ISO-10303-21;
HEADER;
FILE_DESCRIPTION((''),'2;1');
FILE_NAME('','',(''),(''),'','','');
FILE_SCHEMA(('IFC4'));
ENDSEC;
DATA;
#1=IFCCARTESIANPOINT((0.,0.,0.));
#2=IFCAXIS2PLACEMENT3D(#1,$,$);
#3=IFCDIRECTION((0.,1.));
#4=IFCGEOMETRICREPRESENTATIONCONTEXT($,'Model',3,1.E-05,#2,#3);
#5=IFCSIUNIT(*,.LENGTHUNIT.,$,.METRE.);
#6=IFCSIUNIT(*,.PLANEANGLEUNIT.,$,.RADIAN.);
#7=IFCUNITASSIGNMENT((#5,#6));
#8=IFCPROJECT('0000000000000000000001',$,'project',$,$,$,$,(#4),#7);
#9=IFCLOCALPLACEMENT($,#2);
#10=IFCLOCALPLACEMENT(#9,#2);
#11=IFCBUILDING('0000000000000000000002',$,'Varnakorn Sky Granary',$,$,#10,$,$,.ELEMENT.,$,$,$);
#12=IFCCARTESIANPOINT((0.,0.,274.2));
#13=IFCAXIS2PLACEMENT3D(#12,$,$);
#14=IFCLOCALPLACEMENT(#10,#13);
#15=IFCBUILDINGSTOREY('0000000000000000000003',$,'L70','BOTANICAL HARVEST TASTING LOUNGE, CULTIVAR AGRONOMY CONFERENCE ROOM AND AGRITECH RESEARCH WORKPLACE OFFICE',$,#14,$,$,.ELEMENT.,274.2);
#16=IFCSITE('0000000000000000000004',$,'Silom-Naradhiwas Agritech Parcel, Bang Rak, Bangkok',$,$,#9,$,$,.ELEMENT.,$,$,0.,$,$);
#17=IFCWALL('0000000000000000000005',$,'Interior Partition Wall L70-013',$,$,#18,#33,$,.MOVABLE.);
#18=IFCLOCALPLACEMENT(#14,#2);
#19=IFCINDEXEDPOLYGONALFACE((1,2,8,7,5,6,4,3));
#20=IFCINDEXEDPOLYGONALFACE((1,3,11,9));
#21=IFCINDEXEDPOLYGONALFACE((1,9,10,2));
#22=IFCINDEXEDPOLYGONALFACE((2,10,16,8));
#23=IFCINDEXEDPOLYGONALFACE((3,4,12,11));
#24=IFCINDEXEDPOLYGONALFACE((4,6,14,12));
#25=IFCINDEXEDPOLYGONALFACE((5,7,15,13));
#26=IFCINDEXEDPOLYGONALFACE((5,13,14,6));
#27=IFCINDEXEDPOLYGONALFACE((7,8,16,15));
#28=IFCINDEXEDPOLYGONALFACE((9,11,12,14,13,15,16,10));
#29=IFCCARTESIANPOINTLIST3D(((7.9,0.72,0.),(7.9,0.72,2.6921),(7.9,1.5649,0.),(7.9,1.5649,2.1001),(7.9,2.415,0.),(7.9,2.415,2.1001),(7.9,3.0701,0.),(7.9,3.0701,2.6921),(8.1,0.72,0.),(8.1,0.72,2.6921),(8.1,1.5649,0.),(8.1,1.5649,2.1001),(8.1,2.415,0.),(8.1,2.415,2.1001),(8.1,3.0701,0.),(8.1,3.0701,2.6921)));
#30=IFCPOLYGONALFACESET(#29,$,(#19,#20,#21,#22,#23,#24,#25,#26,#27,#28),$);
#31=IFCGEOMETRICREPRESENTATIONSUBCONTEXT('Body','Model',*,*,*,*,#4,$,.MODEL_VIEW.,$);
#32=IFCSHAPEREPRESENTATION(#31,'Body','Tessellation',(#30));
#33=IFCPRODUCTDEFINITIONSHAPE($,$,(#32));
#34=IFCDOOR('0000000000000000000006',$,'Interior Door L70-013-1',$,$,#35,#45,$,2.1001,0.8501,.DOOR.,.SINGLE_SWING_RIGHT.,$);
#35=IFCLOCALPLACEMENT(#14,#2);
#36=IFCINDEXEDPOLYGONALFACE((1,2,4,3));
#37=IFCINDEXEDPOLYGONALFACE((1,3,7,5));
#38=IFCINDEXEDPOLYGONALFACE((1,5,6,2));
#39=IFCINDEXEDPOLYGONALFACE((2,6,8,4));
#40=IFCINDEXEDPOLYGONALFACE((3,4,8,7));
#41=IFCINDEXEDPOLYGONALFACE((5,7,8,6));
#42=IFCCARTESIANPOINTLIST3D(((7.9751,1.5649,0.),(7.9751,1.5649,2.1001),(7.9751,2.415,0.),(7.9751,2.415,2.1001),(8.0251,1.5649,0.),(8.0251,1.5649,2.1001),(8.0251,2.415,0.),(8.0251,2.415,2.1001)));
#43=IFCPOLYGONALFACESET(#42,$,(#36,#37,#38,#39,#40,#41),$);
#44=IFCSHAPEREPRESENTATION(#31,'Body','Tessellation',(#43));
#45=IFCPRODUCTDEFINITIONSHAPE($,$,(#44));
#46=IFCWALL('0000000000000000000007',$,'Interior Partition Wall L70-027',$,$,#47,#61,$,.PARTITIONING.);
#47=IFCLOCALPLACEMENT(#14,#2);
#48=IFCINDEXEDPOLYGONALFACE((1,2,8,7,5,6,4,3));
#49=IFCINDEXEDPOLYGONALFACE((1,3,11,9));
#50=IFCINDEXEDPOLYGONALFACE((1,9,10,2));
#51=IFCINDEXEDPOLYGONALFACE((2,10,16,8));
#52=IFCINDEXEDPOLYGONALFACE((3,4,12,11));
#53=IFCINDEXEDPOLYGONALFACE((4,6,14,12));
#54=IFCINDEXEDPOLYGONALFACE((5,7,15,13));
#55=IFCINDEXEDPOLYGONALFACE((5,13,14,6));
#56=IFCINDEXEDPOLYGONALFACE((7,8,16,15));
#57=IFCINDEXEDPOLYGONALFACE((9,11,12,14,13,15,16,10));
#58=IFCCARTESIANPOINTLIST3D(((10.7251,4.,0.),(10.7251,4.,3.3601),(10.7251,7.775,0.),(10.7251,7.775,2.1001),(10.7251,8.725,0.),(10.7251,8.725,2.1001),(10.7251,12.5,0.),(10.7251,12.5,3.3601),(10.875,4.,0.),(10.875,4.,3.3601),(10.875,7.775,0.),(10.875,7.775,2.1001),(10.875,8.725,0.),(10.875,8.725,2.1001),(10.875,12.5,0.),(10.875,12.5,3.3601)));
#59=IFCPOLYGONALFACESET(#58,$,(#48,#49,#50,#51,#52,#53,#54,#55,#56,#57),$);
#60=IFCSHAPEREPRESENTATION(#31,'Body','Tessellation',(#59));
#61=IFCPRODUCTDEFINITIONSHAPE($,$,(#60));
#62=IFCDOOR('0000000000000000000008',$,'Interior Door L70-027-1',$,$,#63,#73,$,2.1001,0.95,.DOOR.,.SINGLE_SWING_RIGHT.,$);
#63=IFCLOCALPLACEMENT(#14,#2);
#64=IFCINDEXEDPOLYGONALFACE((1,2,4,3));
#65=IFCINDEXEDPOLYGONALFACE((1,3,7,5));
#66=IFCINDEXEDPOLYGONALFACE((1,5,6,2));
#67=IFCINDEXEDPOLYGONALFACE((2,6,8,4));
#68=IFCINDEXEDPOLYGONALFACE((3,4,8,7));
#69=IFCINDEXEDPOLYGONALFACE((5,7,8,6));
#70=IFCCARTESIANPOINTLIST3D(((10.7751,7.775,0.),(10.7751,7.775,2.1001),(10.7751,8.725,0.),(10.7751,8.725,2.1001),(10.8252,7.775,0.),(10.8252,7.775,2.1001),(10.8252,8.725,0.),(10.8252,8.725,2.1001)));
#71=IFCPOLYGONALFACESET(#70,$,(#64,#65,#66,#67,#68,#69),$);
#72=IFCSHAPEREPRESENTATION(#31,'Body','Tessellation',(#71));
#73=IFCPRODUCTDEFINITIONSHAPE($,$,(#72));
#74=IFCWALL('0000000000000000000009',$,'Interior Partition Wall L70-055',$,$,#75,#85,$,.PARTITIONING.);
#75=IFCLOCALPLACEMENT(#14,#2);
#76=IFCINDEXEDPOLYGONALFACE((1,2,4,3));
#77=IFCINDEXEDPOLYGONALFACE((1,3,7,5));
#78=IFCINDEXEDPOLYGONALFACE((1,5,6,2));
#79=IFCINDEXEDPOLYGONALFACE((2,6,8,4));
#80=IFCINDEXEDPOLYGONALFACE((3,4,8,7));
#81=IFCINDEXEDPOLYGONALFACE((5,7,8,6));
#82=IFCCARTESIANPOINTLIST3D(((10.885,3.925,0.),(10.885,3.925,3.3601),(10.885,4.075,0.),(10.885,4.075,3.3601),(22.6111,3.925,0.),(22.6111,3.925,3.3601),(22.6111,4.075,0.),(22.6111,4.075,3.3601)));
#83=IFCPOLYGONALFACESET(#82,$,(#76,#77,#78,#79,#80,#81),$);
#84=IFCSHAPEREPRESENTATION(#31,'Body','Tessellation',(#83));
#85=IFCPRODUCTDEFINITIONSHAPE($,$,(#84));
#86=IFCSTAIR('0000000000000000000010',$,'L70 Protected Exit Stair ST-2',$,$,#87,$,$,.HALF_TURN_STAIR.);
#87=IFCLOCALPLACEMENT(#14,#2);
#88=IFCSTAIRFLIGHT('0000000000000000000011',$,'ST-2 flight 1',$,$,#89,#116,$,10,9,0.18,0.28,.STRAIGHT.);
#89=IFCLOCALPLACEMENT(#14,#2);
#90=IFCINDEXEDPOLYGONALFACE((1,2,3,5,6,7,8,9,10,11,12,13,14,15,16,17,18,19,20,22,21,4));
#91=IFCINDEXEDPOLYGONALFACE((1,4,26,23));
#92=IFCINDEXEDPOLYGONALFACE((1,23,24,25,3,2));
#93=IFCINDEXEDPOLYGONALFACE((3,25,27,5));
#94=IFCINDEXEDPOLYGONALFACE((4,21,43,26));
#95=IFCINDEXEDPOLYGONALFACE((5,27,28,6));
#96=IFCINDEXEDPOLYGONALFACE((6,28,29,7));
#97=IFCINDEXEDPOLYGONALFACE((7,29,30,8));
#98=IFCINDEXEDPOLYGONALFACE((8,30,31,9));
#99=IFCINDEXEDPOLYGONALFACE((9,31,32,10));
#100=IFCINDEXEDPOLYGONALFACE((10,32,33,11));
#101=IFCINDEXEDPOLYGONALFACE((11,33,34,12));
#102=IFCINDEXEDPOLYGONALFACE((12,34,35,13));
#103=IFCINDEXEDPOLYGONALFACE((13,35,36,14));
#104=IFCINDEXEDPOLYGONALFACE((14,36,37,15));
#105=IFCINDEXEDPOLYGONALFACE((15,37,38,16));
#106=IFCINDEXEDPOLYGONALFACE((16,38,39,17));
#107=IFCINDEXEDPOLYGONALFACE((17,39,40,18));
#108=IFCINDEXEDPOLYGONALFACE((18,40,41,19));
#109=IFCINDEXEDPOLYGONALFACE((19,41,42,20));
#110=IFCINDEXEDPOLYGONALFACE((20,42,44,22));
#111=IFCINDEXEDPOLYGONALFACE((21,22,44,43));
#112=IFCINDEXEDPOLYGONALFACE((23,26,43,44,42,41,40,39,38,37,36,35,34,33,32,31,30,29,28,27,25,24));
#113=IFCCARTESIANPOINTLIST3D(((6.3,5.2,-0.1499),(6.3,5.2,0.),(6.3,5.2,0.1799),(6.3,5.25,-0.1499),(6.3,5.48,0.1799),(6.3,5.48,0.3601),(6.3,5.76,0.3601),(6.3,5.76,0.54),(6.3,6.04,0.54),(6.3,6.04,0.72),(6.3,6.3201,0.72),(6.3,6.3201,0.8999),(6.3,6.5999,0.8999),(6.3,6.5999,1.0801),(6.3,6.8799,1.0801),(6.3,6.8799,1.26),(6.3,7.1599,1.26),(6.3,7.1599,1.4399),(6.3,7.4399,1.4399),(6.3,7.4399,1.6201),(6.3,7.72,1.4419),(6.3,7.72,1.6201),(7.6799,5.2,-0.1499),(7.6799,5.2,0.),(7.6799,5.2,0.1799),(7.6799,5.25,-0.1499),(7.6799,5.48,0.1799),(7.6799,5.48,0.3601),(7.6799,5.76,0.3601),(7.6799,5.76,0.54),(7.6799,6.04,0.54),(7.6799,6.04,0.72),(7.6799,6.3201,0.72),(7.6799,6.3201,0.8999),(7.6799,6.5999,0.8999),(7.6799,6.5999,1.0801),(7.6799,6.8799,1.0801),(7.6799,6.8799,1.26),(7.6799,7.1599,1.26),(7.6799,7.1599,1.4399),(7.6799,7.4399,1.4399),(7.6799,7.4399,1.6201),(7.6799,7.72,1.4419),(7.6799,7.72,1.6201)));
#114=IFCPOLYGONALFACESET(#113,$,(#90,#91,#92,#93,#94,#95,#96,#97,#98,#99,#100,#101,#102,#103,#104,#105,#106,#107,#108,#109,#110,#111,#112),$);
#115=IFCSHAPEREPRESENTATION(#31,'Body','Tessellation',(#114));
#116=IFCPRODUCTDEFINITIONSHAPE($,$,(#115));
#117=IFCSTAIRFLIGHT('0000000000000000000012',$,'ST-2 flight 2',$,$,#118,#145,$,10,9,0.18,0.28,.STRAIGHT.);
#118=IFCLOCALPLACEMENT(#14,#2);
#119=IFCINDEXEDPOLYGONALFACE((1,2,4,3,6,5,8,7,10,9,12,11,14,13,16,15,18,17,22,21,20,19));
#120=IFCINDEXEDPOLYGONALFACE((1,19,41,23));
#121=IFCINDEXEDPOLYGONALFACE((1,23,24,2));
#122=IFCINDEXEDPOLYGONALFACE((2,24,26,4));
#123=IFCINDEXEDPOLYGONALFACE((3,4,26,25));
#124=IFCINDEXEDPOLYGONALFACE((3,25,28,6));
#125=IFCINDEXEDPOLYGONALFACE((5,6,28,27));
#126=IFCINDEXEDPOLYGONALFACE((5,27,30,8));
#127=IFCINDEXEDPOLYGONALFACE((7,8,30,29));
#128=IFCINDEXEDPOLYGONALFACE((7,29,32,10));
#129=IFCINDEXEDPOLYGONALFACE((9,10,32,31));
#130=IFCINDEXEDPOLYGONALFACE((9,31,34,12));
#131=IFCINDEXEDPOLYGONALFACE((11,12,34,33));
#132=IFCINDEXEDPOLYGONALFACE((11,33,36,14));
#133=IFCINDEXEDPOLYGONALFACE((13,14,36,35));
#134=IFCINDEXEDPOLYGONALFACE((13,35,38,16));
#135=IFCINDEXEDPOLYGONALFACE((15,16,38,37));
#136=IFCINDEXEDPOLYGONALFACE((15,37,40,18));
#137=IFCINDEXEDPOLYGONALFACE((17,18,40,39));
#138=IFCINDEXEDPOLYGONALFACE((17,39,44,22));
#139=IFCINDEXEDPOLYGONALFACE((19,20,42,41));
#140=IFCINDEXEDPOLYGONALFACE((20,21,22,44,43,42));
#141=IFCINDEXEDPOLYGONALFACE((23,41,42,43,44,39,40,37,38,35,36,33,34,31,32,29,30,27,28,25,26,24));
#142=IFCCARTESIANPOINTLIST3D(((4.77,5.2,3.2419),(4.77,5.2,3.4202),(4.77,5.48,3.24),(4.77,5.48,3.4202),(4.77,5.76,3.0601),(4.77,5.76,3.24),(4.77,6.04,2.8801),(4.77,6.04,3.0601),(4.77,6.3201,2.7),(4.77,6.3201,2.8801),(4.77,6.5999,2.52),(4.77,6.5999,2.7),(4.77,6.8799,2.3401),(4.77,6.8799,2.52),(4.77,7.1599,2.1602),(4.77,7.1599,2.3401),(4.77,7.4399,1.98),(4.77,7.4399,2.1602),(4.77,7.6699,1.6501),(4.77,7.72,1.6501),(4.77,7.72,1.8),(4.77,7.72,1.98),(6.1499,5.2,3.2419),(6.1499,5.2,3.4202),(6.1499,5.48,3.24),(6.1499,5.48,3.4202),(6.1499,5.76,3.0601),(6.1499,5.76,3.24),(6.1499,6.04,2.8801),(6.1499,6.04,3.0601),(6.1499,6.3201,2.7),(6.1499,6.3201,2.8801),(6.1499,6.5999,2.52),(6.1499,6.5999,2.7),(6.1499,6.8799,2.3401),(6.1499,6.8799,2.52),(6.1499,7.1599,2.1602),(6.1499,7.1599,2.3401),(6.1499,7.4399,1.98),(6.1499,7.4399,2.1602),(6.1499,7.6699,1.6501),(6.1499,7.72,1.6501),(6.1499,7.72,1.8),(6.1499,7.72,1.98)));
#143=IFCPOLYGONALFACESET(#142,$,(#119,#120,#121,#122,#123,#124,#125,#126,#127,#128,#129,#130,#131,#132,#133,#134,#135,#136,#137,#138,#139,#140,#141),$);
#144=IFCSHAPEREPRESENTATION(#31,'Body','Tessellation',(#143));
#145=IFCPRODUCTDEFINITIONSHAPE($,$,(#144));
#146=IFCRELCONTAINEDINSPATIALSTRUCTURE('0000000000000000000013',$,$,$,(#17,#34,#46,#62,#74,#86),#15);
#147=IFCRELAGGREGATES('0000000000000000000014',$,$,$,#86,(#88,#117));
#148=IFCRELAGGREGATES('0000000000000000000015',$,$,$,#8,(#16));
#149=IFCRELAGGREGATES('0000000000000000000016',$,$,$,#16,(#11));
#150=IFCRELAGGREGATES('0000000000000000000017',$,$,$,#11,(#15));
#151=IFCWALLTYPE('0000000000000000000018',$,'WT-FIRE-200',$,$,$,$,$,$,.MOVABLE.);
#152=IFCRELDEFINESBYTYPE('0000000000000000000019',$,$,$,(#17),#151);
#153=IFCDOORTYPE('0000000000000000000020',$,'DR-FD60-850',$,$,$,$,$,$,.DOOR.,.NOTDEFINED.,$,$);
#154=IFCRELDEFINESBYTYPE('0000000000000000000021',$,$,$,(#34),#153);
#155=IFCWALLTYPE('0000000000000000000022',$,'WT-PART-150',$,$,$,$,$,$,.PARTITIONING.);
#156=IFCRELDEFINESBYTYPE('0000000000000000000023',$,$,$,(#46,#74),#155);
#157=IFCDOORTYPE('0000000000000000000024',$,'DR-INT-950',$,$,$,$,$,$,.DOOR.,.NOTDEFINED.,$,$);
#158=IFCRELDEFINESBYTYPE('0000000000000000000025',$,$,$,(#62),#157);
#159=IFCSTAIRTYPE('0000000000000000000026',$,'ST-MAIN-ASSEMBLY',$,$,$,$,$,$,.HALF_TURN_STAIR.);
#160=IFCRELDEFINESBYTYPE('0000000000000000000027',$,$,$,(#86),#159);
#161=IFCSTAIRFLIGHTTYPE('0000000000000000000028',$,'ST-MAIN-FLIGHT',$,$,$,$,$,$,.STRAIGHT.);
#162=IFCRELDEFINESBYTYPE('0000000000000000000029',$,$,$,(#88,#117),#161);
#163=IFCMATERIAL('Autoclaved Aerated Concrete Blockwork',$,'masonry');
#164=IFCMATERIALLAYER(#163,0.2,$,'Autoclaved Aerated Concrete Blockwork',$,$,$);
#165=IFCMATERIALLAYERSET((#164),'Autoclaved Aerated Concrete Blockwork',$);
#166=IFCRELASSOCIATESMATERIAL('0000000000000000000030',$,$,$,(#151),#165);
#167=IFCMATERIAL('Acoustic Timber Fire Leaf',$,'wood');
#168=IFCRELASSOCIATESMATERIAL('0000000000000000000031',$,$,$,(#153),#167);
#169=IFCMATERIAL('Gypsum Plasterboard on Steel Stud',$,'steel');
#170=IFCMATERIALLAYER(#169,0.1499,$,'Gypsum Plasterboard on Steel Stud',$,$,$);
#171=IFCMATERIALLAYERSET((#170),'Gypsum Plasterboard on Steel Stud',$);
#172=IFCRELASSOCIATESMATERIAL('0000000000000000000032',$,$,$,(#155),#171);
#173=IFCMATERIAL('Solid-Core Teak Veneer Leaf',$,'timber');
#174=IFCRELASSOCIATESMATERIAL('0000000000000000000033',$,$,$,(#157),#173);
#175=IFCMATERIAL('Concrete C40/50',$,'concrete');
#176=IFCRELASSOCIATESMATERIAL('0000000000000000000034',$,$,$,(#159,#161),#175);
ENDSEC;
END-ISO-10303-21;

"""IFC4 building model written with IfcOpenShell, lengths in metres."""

from ifc_helpers import new_model, si_unit, direction, frame, frame_2d, origin, place, context, subcontext, project, spatial, polyline, rectangle, outline, extrude, material, layer, layer_set, type_object, element, fill, aggregate, save


model = new_model("IFC4")

# Units and contexts
model_context = context("Model", 3, precision=1e-05, world=origin(), true_north=direction((0.0, 1.0)))
body_context = subcontext(model_context, "Body", "Model", "MODEL_VIEW")
ifc_project = project(units=[si_unit("LENGTHUNIT", "METRE"), si_unit("PLANEANGLEUNIT", "RADIAN")], contexts=[model_context])

# Site, building, storey
site_placement = place(None, origin())
site = spatial("IfcSite", under=ifc_project, at=site_placement, Name="Silom-Naradhiwas Agritech Parcel, Bang Rak, Bangkok", CompositionType="ELEMENT", RefElevation=0.0)
building_placement = place(site_placement, origin())
building = spatial("IfcBuilding", under=site, at=building_placement, Name="Varnakorn Sky Granary", CompositionType="ELEMENT")
storey_placement = place(building_placement, frame((0.0, 0.0, 274.2)))
storey = spatial("IfcBuildingStorey", under=building, at=storey_placement, Name="L70", Description="BOTANICAL HARVEST TASTING LOUNGE, CULTIVAR AGRONOMY CONFERENCE ROOM AND AGRITECH RESEARCH WORKPLACE OFFICE", CompositionType="ELEMENT", Elevation=274.2)

# Walls, openings, doors
ifc_material_1 = material(Name="Autoclaved Aerated Concrete Blockwork", Category="masonry")
ifc_layer_1 = layer(ifc_material_1, 0.2, Name="Autoclaved Aerated Concrete Blockwork")
ifc_layer_set_1 = layer_set([ifc_layer_1], Name="Autoclaved Aerated Concrete Blockwork")
wall_type_1 = type_object("IfcWallType", Name="WT-FIRE-200", PredefinedType="MOVABLE", material=ifc_layer_set_1)
ifc_material_2 = material(Name="Acoustic Timber Fire Leaf", Category="wood")
wall_1_placement = place(storey_placement, frame((8.0, 0.72, 0.0), z_axis=(0.0, 0.0, 1.0), x_axis=(0.0, 1.0, 0.0)))
wall_1 = element("IfcWall", 1, at=wall_1_placement, inside=storey, type_object=wall_type_1, Name="Interior Partition Wall L70-013", PredefinedType="MOVABLE", context=body_context, shape_type="SweptSolid", body=[
    extrude(rectangle(XDim=2.3501, YDim=0.2, at=frame_2d((1.175, 0.0))), origin(), (0.0, 0.0, 1.0), 2.6921),
])
opening_1_placement = place(wall_1_placement, frame((0.845, 0.0, 0.0)))
opening_1 = element("IfcOpeningElement", 2, at=opening_1_placement, cuts=wall_1, PredefinedType="OPENING", context=body_context, shape_type="SweptSolid", body=[
    extrude(rectangle(XDim=0.8501, YDim=2.1001, at=frame_2d((0.425, 1.05))), frame((0.0, 0.1099, 0.0), z_axis=(0.0, -1.0, 0.0), x_axis=(1.0, 0.0, 0.0)), (0.0, 0.0, 1.0), 0.22),
])
door_type_1 = type_object("IfcDoorType", Name="DR-FD60-850", OperationType="NOTDEFINED", PredefinedType="DOOR", material=ifc_material_2)
door_1_placement = place(opening_1_placement, origin())
door_1 = element("IfcDoor", 3, at=door_1_placement, inside=storey, type_object=door_type_1, Name="Interior Door L70-013-1", OperationType="SINGLE_SWING_RIGHT", OverallHeight=2.1001, OverallWidth=0.8501, PredefinedType="DOOR", context=body_context, shape_type="SweptSolid", body=[
    extrude(rectangle(XDim=0.8501, YDim=2.1001, at=frame_2d((0.425, 1.05))), frame((0.0, 0.0249, 0.0), z_axis=(0.0, -1.0, 0.0), x_axis=(1.0, 0.0, 0.0)), (0.0, 0.0, 1.0), 0.05),
])
fill(opening_1, door_1)
ifc_material_3 = material(Name="Gypsum Plasterboard on Steel Stud", Category="steel")
ifc_layer_2 = layer(ifc_material_3, 0.1499, Name="Gypsum Plasterboard on Steel Stud")
ifc_layer_set_2 = layer_set([ifc_layer_2], Name="Gypsum Plasterboard on Steel Stud")
wall_type_2 = type_object("IfcWallType", Name="WT-PART-150", PredefinedType="PARTITIONING", material=ifc_layer_set_2)
wall_2_placement = place(storey_placement, frame((10.8, 4.0, 0.0), z_axis=(0.0, 0.0, 1.0), x_axis=(0.0, 1.0, 0.0)))
wall_2 = element("IfcWall", 4, at=wall_2_placement, inside=storey, type_object=wall_type_2, Name="Interior Partition Wall L70-027", PredefinedType="PARTITIONING", context=body_context, shape_type="SweptSolid", body=[
    extrude(rectangle(XDim=8.5, YDim=0.1499, at=frame_2d((4.25, 0.0))), origin(), (0.0, 0.0, 1.0), 3.3601),
])
opening_2_placement = place(wall_2_placement, frame((3.7749, 0.0, 0.0)))
opening_2 = element("IfcOpeningElement", 5, at=opening_2_placement, cuts=wall_2, PredefinedType="OPENING", context=body_context, shape_type="SweptSolid", body=[
    extrude(rectangle(XDim=0.95, YDim=2.1001, at=frame_2d((0.4751, 1.05))), frame((0.0, 0.085, 0.0), z_axis=(0.0, -1.0, 0.0), x_axis=(1.0, 0.0, 0.0)), (0.0, 0.0, 1.0), 0.1699),
])
ifc_material_4 = material(Name="Solid-Core Teak Veneer Leaf", Category="timber")
door_type_2 = type_object("IfcDoorType", Name="DR-INT-950", OperationType="NOTDEFINED", PredefinedType="DOOR", material=ifc_material_4)
door_2_placement = place(opening_2_placement, origin())
door_2 = element("IfcDoor", 6, at=door_2_placement, inside=storey, type_object=door_type_2, Name="Interior Door L70-027-1", OperationType="SINGLE_SWING_RIGHT", OverallHeight=2.1001, OverallWidth=0.95, PredefinedType="DOOR", context=body_context, shape_type="SweptSolid", body=[
    extrude(rectangle(XDim=0.95, YDim=2.1001, at=frame_2d((0.4751, 1.05))), frame((0.0, 0.0249, 0.0), z_axis=(0.0, -1.0, 0.0), x_axis=(1.0, 0.0, 0.0)), (0.0, 0.0, 1.0), 0.05),
])
fill(opening_2, door_2)

# Wall
wall_3_placement = place(storey_placement, frame((10.885, 4.0, 0.0), z_axis=(0.0, 0.0, 1.0), x_axis=(1.0, 0.0, 0.0)))
element("IfcWall", 7, at=wall_3_placement, inside=storey, type_object=wall_type_2, Name="Interior Partition Wall L70-055", PredefinedType="PARTITIONING", context=body_context, shape_type="SweptSolid", body=[
    extrude(rectangle(XDim=11.7261, YDim=0.1499, at=frame_2d((5.863, 0.0))), origin(), (0.0, 0.0, 1.0), 3.3601),
])

# Stair, stair flights
ifc_material_5 = material(Name="Concrete C40/50", Category="concrete")
stair_type = type_object("IfcStairType", Name="ST-MAIN-ASSEMBLY", PredefinedType="HALF_TURN_STAIR", material=ifc_material_5)
stair_placement = place(storey_placement, origin())
stair = element("IfcStair", 8, at=stair_placement, inside=storey, type_object=stair_type, Name="L70 Protected Exit Stair ST-2", PredefinedType="HALF_TURN_STAIR")
stair_flight_type = type_object("IfcStairFlightType", Name="ST-MAIN-FLIGHT", PredefinedType="STRAIGHT", material=ifc_material_5)
stair_flight_1_placement = place(storey_placement, frame((6.99, 5.2, 0.0), z_axis=(0.0, 0.0, 1.0), x_axis=(0.0, 1.0, 0.0)))
stair_flight_1 = element("IfcStairFlight", 9, at=stair_flight_1_placement, type_object=stair_flight_type, Name="ST-2 flight 1", NumberOfRisers=10, NumberOfTreads=9, PredefinedType="STRAIGHT", RiserHeight=0.18, TreadLength=0.28, context=body_context, shape_type="SweptSolid", body=[
    extrude(outline(polyline([(0.0, -0.1499), (0.0, 0.0), (0.0, 0.1799), (0.28, 0.1799), (0.28, 0.3601), (0.5601, 0.3601), (0.5601, 0.54), (0.8401, 0.54), (0.8401, 0.72), (1.1201, 0.72), (1.1201, 0.8999), (1.3999, 0.8999), (1.3999, 1.0801), (1.6799, 1.0801), (1.6799, 1.26), (1.96, 1.26), (1.96, 1.4399), (2.24, 1.4399), (2.24, 1.6201), (2.52, 1.6201), (2.52, 1.8), (2.52, 1.4419), (0.05, -0.1499), (0.0, -0.1499)])), frame((0.0, 0.6899, 0.0), z_axis=(0.0, -1.0, 0.0), x_axis=(1.0, 0.0, 0.0)), (0.0, 0.0, 1.0), 1.3799),
])
stair_flight_2_placement = place(storey_placement, frame((5.46, 7.72, 1.8), z_axis=(0.0, 0.0, 1.0), x_axis=(0.0, -1.0, 0.0)))
stair_flight_2 = element("IfcStairFlight", 10, at=stair_flight_2_placement, type_object=stair_flight_type, Name="ST-2 flight 2", NumberOfRisers=10, NumberOfTreads=9, PredefinedType="STRAIGHT", RiserHeight=0.18, TreadLength=0.28, context=body_context, shape_type="SweptSolid", body=[
    extrude(outline(polyline([(0.0, -0.1499), (0.0, 0.0), (0.0, 0.1799), (0.28, 0.1799), (0.28, 0.3601), (0.5601, 0.3601), (0.5601, 0.54), (0.8401, 0.54), (0.8401, 0.72), (1.1201, 0.72), (1.1201, 0.8999), (1.3999, 0.8999), (1.3999, 1.0801), (1.6799, 1.0801), (1.6799, 1.26), (1.96, 1.26), (1.96, 1.4399), (2.24, 1.4399), (2.24, 1.6201), (2.52, 1.6201), (2.52, 1.8), (2.52, 1.4419), (0.05, -0.1499), (0.0, -0.1499)])), frame((0.0, 0.6899, 0.0), z_axis=(0.0, -1.0, 0.0), x_axis=(1.0, 0.0, 0.0)), (0.0, 0.0, 1.0), 1.3799),
])
aggregate(stair, [stair_flight_1, stair_flight_2])

save(model, "model.ifc")
